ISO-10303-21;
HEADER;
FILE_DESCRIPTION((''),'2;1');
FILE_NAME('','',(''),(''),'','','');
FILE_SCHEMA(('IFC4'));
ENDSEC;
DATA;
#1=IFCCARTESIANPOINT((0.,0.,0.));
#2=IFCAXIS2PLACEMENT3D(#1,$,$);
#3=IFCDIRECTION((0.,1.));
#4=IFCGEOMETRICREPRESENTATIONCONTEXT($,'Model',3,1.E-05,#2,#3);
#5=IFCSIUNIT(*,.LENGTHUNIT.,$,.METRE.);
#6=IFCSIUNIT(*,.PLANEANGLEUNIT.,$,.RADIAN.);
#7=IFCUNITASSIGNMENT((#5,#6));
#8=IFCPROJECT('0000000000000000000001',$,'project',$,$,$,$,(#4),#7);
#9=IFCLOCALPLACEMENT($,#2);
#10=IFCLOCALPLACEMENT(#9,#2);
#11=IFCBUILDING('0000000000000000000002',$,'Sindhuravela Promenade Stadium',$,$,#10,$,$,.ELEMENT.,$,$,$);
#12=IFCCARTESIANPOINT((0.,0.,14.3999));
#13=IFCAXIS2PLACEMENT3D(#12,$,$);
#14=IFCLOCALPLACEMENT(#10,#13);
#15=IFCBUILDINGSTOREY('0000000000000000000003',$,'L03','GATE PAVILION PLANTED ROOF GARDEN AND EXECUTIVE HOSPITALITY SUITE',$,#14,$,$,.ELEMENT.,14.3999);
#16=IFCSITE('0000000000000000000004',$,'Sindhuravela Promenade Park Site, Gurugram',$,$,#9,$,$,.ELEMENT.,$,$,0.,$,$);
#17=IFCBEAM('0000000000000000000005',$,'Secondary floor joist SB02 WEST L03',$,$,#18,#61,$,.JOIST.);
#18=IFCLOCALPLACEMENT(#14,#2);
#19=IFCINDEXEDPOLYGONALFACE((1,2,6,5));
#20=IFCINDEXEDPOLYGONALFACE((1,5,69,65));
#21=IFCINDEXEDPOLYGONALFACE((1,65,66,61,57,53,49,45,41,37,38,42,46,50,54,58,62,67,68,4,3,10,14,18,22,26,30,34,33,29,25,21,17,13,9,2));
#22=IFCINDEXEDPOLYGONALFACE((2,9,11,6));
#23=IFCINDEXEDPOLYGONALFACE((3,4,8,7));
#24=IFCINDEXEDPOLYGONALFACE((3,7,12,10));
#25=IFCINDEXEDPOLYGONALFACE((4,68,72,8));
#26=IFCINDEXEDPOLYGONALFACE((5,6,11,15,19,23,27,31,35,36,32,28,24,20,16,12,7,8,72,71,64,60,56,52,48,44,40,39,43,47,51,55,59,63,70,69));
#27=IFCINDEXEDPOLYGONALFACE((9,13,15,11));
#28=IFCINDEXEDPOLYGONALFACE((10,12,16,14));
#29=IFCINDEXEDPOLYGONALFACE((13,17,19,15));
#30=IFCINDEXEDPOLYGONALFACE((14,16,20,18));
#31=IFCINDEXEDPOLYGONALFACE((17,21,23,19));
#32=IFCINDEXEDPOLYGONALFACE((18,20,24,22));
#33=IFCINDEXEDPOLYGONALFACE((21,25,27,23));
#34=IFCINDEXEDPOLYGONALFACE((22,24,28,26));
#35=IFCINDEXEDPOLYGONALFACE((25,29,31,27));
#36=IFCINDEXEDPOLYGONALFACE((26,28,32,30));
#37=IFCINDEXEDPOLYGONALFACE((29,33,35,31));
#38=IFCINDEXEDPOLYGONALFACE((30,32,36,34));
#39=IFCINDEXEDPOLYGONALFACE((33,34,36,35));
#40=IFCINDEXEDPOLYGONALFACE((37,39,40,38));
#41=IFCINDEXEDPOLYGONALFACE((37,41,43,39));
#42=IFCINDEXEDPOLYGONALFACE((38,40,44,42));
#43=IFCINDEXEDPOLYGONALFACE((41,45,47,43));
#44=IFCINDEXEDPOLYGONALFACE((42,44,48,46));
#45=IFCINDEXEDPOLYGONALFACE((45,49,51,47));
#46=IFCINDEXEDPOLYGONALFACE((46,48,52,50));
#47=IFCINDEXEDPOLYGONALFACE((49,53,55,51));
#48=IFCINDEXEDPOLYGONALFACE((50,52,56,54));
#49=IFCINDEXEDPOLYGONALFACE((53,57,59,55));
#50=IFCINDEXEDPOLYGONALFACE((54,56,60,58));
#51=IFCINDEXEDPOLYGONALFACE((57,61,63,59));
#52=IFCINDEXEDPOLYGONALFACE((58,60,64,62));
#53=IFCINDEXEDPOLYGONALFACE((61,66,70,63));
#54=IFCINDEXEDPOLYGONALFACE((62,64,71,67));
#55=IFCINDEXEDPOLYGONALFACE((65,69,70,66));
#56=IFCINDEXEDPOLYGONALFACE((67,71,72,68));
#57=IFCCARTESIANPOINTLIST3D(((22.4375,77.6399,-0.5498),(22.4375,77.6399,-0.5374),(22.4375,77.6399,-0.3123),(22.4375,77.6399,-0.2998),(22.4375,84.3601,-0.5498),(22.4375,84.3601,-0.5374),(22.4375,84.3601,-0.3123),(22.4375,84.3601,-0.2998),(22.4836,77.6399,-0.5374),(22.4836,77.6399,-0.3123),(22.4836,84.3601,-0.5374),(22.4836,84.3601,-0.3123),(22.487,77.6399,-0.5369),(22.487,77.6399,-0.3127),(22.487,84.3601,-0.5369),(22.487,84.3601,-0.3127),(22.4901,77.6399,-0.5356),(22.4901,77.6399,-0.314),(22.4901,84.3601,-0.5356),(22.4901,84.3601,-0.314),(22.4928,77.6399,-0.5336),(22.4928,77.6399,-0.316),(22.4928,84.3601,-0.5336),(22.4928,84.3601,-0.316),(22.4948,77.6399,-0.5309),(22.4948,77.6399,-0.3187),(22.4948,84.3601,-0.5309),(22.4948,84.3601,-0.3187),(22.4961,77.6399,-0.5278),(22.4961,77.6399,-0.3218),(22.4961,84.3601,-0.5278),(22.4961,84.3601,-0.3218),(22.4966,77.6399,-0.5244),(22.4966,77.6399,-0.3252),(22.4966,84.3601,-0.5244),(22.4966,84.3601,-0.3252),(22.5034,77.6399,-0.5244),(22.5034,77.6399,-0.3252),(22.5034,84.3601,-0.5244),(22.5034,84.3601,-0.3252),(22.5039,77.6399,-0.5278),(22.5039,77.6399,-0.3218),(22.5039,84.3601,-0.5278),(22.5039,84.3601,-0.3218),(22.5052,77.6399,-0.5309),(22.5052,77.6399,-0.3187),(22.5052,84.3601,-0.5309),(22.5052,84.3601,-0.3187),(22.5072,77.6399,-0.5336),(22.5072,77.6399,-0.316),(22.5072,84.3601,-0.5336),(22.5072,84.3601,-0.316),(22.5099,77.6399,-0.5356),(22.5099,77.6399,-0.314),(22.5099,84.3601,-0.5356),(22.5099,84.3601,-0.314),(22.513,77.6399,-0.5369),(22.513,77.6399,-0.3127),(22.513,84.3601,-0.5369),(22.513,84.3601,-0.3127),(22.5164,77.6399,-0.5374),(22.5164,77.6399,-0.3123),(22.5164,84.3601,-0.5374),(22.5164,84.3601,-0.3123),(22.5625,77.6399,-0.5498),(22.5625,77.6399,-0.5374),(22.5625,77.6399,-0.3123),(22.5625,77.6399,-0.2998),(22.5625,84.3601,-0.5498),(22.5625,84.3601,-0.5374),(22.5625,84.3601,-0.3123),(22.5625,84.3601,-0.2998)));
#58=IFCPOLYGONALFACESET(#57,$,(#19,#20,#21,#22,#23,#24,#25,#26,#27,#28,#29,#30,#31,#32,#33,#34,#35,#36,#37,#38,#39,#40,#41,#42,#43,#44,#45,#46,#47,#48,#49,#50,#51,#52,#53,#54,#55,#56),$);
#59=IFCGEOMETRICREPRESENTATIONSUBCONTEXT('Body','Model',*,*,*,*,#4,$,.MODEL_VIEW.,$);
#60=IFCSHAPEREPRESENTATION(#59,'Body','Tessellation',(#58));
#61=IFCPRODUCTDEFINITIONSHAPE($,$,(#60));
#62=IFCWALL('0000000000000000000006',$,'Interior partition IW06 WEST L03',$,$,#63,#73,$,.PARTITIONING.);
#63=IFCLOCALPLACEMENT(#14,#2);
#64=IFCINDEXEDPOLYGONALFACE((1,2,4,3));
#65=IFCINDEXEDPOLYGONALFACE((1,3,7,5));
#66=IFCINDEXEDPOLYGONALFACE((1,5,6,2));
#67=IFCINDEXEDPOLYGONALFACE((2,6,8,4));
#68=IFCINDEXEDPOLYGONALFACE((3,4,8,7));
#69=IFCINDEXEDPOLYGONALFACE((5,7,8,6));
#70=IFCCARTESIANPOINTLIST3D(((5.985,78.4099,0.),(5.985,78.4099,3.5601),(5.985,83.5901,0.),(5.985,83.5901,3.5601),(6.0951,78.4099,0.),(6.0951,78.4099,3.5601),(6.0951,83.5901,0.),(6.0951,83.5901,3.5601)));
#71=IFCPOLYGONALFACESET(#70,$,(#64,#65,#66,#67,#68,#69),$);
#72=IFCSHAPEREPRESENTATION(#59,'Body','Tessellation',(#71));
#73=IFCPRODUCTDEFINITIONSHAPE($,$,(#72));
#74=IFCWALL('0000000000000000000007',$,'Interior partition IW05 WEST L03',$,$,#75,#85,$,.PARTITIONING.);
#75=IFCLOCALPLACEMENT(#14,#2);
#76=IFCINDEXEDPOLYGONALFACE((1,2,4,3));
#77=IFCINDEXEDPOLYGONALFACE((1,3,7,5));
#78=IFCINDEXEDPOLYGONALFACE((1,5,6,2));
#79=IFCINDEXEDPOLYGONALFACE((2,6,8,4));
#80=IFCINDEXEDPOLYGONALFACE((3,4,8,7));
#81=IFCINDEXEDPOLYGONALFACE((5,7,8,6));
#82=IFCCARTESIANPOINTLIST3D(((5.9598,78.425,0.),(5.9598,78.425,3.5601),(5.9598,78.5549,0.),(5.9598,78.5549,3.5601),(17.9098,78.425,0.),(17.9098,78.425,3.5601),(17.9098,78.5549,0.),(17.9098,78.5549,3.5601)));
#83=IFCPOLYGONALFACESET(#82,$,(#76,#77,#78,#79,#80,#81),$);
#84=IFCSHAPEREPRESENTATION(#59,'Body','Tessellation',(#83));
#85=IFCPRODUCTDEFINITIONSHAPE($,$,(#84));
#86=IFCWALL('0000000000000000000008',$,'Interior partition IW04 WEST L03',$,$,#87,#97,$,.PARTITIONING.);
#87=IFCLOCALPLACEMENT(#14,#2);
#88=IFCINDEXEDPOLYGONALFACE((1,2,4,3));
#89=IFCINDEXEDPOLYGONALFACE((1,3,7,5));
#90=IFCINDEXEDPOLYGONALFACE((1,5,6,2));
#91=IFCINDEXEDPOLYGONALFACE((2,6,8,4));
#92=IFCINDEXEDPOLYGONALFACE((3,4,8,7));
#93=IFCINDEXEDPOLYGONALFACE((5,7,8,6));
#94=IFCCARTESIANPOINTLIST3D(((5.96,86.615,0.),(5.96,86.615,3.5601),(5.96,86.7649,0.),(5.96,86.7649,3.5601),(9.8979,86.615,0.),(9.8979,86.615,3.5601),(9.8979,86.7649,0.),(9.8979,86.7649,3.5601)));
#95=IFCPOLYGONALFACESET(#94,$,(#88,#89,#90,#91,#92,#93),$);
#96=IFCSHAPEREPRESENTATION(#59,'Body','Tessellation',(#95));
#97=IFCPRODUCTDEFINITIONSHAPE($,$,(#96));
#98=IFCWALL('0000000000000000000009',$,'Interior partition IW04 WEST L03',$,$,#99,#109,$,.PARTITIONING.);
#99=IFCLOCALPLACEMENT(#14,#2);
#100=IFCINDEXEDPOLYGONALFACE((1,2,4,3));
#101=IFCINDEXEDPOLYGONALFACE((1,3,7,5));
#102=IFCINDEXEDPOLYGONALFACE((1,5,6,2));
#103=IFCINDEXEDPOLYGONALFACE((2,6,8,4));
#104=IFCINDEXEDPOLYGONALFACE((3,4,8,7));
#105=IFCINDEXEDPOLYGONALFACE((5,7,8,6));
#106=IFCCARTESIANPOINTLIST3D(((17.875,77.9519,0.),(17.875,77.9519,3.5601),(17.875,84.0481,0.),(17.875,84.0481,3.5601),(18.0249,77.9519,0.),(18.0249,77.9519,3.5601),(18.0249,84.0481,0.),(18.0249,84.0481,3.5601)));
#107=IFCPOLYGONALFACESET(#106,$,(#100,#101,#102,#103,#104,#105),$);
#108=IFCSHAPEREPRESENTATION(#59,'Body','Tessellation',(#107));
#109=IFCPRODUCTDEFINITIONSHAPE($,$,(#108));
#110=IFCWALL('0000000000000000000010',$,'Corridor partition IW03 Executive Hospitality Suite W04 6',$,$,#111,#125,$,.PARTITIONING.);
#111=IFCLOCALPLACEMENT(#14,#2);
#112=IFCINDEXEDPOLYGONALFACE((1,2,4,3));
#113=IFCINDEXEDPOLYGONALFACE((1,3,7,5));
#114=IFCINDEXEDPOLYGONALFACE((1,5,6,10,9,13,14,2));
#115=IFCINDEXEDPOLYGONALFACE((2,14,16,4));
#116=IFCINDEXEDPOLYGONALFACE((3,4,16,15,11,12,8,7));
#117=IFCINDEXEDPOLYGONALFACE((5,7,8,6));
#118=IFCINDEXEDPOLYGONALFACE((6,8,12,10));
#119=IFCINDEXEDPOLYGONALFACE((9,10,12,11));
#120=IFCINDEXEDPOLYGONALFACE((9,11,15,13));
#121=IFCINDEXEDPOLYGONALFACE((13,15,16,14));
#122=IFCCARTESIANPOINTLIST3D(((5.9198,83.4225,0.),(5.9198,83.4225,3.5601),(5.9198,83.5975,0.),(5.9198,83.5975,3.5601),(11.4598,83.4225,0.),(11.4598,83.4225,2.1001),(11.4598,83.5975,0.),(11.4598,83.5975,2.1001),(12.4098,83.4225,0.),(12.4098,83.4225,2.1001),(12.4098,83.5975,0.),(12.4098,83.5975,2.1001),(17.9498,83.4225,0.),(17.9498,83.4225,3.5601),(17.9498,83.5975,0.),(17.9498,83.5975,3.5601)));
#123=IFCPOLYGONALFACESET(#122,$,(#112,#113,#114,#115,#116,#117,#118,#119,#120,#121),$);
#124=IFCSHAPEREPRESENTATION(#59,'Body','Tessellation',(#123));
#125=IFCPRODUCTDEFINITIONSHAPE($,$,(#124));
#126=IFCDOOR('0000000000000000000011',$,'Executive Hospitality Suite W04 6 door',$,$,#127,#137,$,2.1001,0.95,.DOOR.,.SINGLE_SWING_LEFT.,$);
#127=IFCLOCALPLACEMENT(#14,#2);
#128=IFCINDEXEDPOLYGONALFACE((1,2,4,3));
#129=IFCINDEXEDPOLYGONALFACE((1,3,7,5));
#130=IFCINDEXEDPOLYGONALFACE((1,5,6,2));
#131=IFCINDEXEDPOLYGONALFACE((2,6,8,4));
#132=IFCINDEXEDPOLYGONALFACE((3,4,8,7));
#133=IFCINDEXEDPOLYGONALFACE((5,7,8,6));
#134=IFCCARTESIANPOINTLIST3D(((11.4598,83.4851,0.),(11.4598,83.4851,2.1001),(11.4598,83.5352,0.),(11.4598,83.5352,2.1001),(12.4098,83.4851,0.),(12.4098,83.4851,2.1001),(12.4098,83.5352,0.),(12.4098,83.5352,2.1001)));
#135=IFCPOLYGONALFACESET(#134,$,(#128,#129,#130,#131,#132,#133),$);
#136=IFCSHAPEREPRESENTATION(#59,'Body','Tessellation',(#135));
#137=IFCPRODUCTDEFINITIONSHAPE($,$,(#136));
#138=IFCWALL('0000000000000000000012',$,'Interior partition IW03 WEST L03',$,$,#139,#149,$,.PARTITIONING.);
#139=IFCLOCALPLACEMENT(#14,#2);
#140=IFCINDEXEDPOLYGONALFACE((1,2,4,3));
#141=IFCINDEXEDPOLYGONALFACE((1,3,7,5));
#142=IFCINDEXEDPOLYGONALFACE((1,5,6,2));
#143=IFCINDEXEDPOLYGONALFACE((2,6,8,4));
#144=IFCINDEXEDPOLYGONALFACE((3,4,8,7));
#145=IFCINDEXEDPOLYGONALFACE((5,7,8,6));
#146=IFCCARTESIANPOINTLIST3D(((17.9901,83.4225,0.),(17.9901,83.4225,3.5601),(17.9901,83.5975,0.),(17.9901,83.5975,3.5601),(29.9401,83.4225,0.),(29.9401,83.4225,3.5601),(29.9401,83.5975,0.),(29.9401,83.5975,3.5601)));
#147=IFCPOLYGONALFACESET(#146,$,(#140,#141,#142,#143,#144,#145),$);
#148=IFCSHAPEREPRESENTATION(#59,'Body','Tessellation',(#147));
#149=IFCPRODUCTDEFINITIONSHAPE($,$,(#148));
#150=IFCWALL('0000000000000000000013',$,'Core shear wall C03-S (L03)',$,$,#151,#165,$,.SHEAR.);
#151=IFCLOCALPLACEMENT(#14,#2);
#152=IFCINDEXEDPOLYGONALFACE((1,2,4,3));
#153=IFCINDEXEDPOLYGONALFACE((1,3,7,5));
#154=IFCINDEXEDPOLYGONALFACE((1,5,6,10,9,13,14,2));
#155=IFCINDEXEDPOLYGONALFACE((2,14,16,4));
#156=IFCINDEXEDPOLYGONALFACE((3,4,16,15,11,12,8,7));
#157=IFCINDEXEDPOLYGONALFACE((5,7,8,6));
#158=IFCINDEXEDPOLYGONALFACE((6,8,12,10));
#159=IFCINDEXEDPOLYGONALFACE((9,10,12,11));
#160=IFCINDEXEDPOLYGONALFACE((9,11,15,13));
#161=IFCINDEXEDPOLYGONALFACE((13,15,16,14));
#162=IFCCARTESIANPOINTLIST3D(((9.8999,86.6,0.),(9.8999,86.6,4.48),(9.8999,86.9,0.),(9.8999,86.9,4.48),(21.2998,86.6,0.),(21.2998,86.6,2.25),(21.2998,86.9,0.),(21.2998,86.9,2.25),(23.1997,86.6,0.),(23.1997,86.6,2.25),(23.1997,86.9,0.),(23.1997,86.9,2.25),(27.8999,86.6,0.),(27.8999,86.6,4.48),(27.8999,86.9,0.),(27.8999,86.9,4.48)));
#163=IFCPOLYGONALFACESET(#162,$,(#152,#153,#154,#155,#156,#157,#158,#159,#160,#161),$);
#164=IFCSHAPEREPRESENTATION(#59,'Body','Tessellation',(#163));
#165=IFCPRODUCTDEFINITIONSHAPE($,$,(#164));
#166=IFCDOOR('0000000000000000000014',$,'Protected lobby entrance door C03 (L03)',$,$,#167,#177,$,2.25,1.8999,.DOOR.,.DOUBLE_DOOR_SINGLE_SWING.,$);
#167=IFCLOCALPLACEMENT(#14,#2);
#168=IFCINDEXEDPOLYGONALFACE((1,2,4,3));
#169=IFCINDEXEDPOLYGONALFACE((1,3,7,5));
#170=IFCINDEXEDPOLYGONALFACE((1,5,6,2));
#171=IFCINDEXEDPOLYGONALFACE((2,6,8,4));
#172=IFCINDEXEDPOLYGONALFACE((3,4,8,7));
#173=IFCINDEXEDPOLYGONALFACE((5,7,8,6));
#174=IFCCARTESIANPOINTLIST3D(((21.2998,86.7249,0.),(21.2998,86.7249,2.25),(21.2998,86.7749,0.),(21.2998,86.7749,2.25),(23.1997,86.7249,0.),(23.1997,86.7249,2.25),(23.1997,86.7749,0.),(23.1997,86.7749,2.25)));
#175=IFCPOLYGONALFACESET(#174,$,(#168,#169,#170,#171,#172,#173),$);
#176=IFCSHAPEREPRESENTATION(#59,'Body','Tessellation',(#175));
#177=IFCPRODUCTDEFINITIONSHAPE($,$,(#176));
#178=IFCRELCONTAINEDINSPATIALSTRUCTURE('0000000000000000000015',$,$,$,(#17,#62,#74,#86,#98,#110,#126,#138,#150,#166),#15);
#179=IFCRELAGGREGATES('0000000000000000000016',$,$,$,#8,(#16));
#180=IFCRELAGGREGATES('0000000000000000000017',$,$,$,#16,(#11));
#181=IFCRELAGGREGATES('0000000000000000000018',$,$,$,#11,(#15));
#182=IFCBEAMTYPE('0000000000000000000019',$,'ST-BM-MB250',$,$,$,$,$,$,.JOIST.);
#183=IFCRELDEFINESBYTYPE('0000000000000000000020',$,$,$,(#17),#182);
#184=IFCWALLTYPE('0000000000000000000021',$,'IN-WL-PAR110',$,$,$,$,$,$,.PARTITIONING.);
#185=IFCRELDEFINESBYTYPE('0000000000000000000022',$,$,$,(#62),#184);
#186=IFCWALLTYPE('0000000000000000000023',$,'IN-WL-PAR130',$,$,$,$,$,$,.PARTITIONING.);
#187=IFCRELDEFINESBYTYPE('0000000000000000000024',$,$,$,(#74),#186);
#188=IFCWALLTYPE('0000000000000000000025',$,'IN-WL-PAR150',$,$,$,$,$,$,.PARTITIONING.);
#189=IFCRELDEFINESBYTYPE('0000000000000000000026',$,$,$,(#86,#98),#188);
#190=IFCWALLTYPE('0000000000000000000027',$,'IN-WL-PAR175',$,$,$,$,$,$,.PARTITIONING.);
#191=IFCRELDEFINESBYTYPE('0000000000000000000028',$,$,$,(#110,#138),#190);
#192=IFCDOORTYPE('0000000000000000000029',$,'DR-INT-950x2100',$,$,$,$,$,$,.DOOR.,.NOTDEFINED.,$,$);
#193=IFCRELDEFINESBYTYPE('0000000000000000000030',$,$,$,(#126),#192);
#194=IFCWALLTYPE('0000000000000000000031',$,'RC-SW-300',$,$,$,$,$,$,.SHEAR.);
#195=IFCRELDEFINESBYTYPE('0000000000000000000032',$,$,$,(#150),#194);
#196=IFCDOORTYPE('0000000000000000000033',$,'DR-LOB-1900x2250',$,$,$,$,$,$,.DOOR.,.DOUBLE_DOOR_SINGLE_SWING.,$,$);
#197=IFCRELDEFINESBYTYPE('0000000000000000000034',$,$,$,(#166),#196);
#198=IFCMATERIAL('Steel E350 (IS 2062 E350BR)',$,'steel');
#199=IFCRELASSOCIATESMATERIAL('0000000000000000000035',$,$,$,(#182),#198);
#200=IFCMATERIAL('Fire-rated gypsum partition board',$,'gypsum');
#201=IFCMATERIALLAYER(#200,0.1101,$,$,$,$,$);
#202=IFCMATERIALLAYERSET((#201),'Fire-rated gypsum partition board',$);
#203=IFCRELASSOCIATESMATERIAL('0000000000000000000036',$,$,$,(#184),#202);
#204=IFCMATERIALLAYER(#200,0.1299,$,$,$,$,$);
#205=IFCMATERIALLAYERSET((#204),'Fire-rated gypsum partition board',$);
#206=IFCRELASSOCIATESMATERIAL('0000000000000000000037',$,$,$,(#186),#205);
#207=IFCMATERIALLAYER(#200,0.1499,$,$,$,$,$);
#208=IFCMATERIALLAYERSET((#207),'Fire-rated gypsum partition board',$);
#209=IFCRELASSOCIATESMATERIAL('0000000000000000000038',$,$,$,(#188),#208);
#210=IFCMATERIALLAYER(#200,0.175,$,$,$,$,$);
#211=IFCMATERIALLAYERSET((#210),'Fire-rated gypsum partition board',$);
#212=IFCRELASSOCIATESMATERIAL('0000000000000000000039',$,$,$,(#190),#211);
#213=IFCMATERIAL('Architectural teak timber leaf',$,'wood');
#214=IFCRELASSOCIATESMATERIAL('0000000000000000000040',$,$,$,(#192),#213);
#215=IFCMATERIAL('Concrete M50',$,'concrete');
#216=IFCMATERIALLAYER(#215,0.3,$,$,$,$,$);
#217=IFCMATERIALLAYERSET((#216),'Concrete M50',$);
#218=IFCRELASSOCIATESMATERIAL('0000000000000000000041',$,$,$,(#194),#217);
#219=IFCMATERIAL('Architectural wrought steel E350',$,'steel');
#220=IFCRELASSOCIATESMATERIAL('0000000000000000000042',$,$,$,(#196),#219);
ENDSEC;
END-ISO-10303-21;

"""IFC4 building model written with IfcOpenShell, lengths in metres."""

from ifc_helpers import new_model, si_unit, direction, frame, frame_2d, origin, origin_2d, place, context, subcontext, project, spatial, rectangle, i_section, extrude, material, layer, layer_set, material_profile, profile_set, type_object, element, fill, save


model = new_model("IFC4")

# Units and contexts
model_context = context("Model", 3, precision=1e-05, world=origin(), true_north=direction((0.0, 1.0)))
body_context = subcontext(model_context, "Body", "Model", "MODEL_VIEW")
ifc_project = project(units=[si_unit("LENGTHUNIT", "METRE"), si_unit("PLANEANGLEUNIT", "RADIAN")], contexts=[model_context])

# Site, building, storey
site_placement = place(None, origin())
site = spatial("IfcSite", under=ifc_project, at=site_placement, Name="Sindhuravela Promenade Park Site, Gurugram", CompositionType="ELEMENT", RefElevation=0.0)
building_placement = place(site_placement, origin())
building = spatial("IfcBuilding", under=site, at=building_placement, Name="Sindhuravela Promenade Stadium", CompositionType="ELEMENT")
storey_placement = place(building_placement, frame((0.0, 0.0, 14.3999)))
storey = spatial("IfcBuildingStorey", under=building, at=storey_placement, Name="L03", Description="GATE PAVILION PLANTED ROOF GARDEN AND EXECUTIVE HOSPITALITY SUITE", CompositionType="ELEMENT", Elevation=14.3999)

# Shared definitions
ifc_material_1 = material(Name="Concrete M50", Category="concrete")

# Beam
ifc_material_2 = material(Name="Steel E350 (IS 2062 E350BR)", Category="steel")
ifc_material_profile_1 = material_profile(ifc_material_2, i_section(OverallWidth=0.125, OverallDepth=0.25, WebThickness=0.0068, FlangeThickness=0.0125, FilletRadius=0.0129, at=origin_2d()), Name="ISMB 250")
ifc_profile_set_1 = profile_set([ifc_material_profile_1], Name="Steel E350 (IS 2062 E350BR)")
beam_type_1 = type_object("IfcBeamType", Name="ST-BM-MB250", PredefinedType="JOIST", material=ifc_profile_set_1)
beam_1_placement = place(storey_placement, frame((22.5, 77.6399, -0.4248), z_axis=(0.0, 1.0, 0.0), x_axis=(-1.0, 0.0, 0.0)))
element("IfcBeam", 1, at=beam_1_placement, inside=storey, type_object=beam_type_1, Name="Secondary floor joist SB02 WEST L03", PredefinedType="JOIST", context=body_context, shape_type="SweptSolid", body=[
    extrude(i_section(OverallWidth=0.125, OverallDepth=0.25, WebThickness=0.0068, FlangeThickness=0.0125, FilletRadius=0.0129, at=origin_2d()), origin(), (0.0, 0.0, 1.0), 6.7202),
])

# Walls
ifc_material_3 = material(Name="Fire-rated gypsum partition board", Category="gypsum")
ifc_layer_1 = layer(ifc_material_3, 0.1101)
ifc_layer_set_1 = layer_set([ifc_layer_1], Name="Fire-rated gypsum partition board")
wall_type_1 = type_object("IfcWallType", Name="IN-WL-PAR110", PredefinedType="PARTITIONING", material=ifc_layer_set_1)
wall_1_placement = place(storey_placement, frame((6.04, 78.4099, 0.0), z_axis=(0.0, 0.0, 1.0), x_axis=(0.0, 1.0, 0.0)))
element("IfcWall", 2, at=wall_1_placement, inside=storey, type_object=wall_type_1, Name="Interior partition IW06 WEST L03", PredefinedType="PARTITIONING", context=body_context, shape_type="SweptSolid", body=[
    extrude(rectangle(XDim=5.1802, YDim=0.1101, at=frame_2d((2.5901, 0.0))), origin(), (0.0, 0.0, 1.0), 3.5601),
])
ifc_layer_2 = layer(ifc_material_3, 0.1299)
ifc_layer_set_2 = layer_set([ifc_layer_2], Name="Fire-rated gypsum partition board")
wall_type_2 = type_object("IfcWallType", Name="IN-WL-PAR130", PredefinedType="PARTITIONING", material=ifc_layer_set_2)
wall_2_placement = place(storey_placement, frame((17.9099, 78.49, 0.0), z_axis=(0.0, 0.0, 1.0), x_axis=(-1.0, 0.0, 0.0)))
element("IfcWall", 3, at=wall_2_placement, inside=storey, type_object=wall_type_2, Name="Interior partition IW05 WEST L03", PredefinedType="PARTITIONING", context=body_context, shape_type="SweptSolid", body=[
    extrude(rectangle(XDim=11.95, YDim=0.1299, at=frame_2d((5.9751, 0.0))), origin(), (0.0, 0.0, 1.0), 3.5601),
])
ifc_layer_3 = layer(ifc_material_3, 0.1499)
ifc_layer_set_3 = layer_set([ifc_layer_3], Name="Fire-rated gypsum partition board")
wall_type_3 = type_object("IfcWallType", Name="IN-WL-PAR150", PredefinedType="PARTITIONING", material=ifc_layer_set_3)
wall_3_placement = place(storey_placement, frame((9.8979, 86.6899, 0.0), z_axis=(0.0, 0.0, 1.0), x_axis=(-1.0, 0.0, 0.0)))
element("IfcWall", 4, at=wall_3_placement, inside=storey, type_object=wall_type_3, Name="Interior partition IW04 WEST L03", PredefinedType="PARTITIONING", context=body_context, shape_type="SweptSolid", body=[
    extrude(rectangle(XDim=3.938, YDim=0.1499, at=frame_2d((1.969, 0.0))), origin(), (0.0, 0.0, 1.0), 3.5601),
])
wall_4_placement = place(storey_placement, frame((17.95, 84.0481, 0.0), z_axis=(0.0, 0.0, 1.0), x_axis=(0.0, -1.0, 0.0)))
element("IfcWall", 5, at=wall_4_placement, inside=storey, type_object=wall_type_3, Name="Interior partition IW04 WEST L03", PredefinedType="PARTITIONING", context=body_context, shape_type="SweptSolid", body=[
    extrude(rectangle(XDim=6.0962, YDim=0.1499, at=frame_2d((3.0481, 0.0))), origin(), (0.0, 0.0, 1.0), 3.5601),
])

# Wall, opening, door
ifc_layer_4 = layer(ifc_material_3, 0.175)
ifc_layer_set_4 = layer_set([ifc_layer_4], Name="Fire-rated gypsum partition board")
wall_type_4 = type_object("IfcWallType", Name="IN-WL-PAR175", PredefinedType="PARTITIONING", material=ifc_layer_set_4)
wall_5_placement = place(storey_placement, frame((17.95, 83.51, 0.0), z_axis=(0.0, 0.0, 1.0), x_axis=(-1.0, 0.0, 0.0)))
wall_5 = element("IfcWall", 6, at=wall_5_placement, inside=storey, type_object=wall_type_4, Name="Corridor partition IW03 Executive Hospitality Suite W04 6", PredefinedType="PARTITIONING", context=body_context, shape_type="SweptSolid", body=[
    extrude(rectangle(XDim=12.03, YDim=0.175, at=frame_2d((6.0151, 0.0))), origin(), (0.0, 0.0, 1.0), 3.5601),
])
opening_1_placement = place(wall_5_placement, frame((5.54, 0.0, 0.0)))
opening_1 = element("IfcOpeningElement", 7, at=opening_1_placement, cuts=wall_5, PredefinedType="OPENING", context=body_context, shape_type="SweptSolid", body=[
    extrude(rectangle(XDim=0.95, YDim=2.1001, at=frame_2d((0.4751, 1.05))), frame((0.0, 0.0974, 0.0), z_axis=(0.0, -1.0, 0.0), x_axis=(1.0, 0.0, 0.0)), (0.0, 0.0, 1.0), 0.1951),
])
ifc_material_4 = material(Name="Architectural teak timber leaf", Category="wood")
door_type_1 = type_object("IfcDoorType", Name="DR-INT-950x2100", OperationType="NOTDEFINED", PredefinedType="DOOR", material=ifc_material_4)
door_1_placement = place(opening_1_placement, origin())
door_1 = element("IfcDoor", 8, at=door_1_placement, inside=storey, type_object=door_type_1, Name="Executive Hospitality Suite W04 6 door", OperationType="SINGLE_SWING_LEFT", OverallHeight=2.1001, OverallWidth=0.95, PredefinedType="DOOR", context=body_context, shape_type="SweptSolid", body=[
    extrude(rectangle(XDim=0.95, YDim=2.1001, at=frame_2d((0.4751, 1.05))), frame((0.0, 0.0249, 0.0), z_axis=(0.0, -1.0, 0.0), x_axis=(1.0, 0.0, 0.0)), (0.0, 0.0, 1.0), 0.05),
])
fill(opening_1, door_1)

# Wall
wall_6_placement = place(storey_placement, frame((17.99, 83.51, 0.0), z_axis=(0.0, 0.0, 1.0), x_axis=(1.0, 0.0, 0.0)))
element("IfcWall", 9, at=wall_6_placement, inside=storey, type_object=wall_type_4, Name="Interior partition IW03 WEST L03", PredefinedType="PARTITIONING", context=body_context, shape_type="SweptSolid", body=[
    extrude(rectangle(XDim=11.95, YDim=0.175, at=frame_2d((5.9751, 0.0))), origin(), (0.0, 0.0, 1.0), 3.5601),
])

# Wall, opening, door
ifc_layer_5 = layer(ifc_material_1, 0.3)
ifc_layer_set_5 = layer_set([ifc_layer_5], Name="Concrete M50")
wall_type_5 = type_object("IfcWallType", Name="RC-SW-300", PredefinedType="SHEAR", material=ifc_layer_set_5)
wall_7_placement = place(storey_placement, frame((9.8999, 86.75, 0.0), z_axis=(0.0, 0.0, 1.0), x_axis=(1.0, 0.0, 0.0)))
wall_7 = element("IfcWall", 10, at=wall_7_placement, inside=storey, type_object=wall_type_5, Name="Core shear wall C03-S (L03)", PredefinedType="SHEAR", context=body_context, shape_type="SweptSolid", body=[
    extrude(rectangle(XDim=18.0, YDim=0.3, at=frame_2d((9.0, 0.0))), origin(), (0.0, 0.0, 1.0), 4.48),
])
opening_2_placement = place(wall_7_placement, frame((11.3999, 0.0, 0.0)))
opening_2 = element("IfcOpeningElement", 11, at=opening_2_placement, cuts=wall_7, PredefinedType="OPENING", context=body_context, shape_type="SweptSolid", body=[
    extrude(rectangle(XDim=1.8999, YDim=2.25, at=frame_2d((0.95, 1.125))), frame((0.0, 0.1599, 0.0), z_axis=(0.0, -1.0, 0.0), x_axis=(1.0, 0.0, 0.0)), (0.0, 0.0, 1.0), 0.3201),
])
ifc_material_5 = material(Name="Architectural wrought steel E350", Category="steel")
door_type_2 = type_object("IfcDoorType", Name="DR-LOB-1900x2250", OperationType="DOUBLE_DOOR_SINGLE_SWING", PredefinedType="DOOR", material=ifc_material_5)
door_2_placement = place(opening_2_placement, origin())
door_2 = element("IfcDoor", 12, at=door_2_placement, inside=storey, type_object=door_type_2, Name="Protected lobby entrance door C03 (L03)", OperationType="DOUBLE_DOOR_SINGLE_SWING", OverallHeight=2.25, OverallWidth=1.8999, PredefinedType="DOOR", context=body_context, shape_type="SweptSolid", body=[
    extrude(rectangle(XDim=1.8999, YDim=2.25, at=frame_2d((0.95, 1.125))), frame((0.0, 0.0249, 0.0), z_axis=(0.0, -1.0, 0.0), x_axis=(1.0, 0.0, 0.0)), (0.0, 0.0, 1.0), 0.05),
])
fill(opening_2, door_2)

save(model, "model.ifc")
